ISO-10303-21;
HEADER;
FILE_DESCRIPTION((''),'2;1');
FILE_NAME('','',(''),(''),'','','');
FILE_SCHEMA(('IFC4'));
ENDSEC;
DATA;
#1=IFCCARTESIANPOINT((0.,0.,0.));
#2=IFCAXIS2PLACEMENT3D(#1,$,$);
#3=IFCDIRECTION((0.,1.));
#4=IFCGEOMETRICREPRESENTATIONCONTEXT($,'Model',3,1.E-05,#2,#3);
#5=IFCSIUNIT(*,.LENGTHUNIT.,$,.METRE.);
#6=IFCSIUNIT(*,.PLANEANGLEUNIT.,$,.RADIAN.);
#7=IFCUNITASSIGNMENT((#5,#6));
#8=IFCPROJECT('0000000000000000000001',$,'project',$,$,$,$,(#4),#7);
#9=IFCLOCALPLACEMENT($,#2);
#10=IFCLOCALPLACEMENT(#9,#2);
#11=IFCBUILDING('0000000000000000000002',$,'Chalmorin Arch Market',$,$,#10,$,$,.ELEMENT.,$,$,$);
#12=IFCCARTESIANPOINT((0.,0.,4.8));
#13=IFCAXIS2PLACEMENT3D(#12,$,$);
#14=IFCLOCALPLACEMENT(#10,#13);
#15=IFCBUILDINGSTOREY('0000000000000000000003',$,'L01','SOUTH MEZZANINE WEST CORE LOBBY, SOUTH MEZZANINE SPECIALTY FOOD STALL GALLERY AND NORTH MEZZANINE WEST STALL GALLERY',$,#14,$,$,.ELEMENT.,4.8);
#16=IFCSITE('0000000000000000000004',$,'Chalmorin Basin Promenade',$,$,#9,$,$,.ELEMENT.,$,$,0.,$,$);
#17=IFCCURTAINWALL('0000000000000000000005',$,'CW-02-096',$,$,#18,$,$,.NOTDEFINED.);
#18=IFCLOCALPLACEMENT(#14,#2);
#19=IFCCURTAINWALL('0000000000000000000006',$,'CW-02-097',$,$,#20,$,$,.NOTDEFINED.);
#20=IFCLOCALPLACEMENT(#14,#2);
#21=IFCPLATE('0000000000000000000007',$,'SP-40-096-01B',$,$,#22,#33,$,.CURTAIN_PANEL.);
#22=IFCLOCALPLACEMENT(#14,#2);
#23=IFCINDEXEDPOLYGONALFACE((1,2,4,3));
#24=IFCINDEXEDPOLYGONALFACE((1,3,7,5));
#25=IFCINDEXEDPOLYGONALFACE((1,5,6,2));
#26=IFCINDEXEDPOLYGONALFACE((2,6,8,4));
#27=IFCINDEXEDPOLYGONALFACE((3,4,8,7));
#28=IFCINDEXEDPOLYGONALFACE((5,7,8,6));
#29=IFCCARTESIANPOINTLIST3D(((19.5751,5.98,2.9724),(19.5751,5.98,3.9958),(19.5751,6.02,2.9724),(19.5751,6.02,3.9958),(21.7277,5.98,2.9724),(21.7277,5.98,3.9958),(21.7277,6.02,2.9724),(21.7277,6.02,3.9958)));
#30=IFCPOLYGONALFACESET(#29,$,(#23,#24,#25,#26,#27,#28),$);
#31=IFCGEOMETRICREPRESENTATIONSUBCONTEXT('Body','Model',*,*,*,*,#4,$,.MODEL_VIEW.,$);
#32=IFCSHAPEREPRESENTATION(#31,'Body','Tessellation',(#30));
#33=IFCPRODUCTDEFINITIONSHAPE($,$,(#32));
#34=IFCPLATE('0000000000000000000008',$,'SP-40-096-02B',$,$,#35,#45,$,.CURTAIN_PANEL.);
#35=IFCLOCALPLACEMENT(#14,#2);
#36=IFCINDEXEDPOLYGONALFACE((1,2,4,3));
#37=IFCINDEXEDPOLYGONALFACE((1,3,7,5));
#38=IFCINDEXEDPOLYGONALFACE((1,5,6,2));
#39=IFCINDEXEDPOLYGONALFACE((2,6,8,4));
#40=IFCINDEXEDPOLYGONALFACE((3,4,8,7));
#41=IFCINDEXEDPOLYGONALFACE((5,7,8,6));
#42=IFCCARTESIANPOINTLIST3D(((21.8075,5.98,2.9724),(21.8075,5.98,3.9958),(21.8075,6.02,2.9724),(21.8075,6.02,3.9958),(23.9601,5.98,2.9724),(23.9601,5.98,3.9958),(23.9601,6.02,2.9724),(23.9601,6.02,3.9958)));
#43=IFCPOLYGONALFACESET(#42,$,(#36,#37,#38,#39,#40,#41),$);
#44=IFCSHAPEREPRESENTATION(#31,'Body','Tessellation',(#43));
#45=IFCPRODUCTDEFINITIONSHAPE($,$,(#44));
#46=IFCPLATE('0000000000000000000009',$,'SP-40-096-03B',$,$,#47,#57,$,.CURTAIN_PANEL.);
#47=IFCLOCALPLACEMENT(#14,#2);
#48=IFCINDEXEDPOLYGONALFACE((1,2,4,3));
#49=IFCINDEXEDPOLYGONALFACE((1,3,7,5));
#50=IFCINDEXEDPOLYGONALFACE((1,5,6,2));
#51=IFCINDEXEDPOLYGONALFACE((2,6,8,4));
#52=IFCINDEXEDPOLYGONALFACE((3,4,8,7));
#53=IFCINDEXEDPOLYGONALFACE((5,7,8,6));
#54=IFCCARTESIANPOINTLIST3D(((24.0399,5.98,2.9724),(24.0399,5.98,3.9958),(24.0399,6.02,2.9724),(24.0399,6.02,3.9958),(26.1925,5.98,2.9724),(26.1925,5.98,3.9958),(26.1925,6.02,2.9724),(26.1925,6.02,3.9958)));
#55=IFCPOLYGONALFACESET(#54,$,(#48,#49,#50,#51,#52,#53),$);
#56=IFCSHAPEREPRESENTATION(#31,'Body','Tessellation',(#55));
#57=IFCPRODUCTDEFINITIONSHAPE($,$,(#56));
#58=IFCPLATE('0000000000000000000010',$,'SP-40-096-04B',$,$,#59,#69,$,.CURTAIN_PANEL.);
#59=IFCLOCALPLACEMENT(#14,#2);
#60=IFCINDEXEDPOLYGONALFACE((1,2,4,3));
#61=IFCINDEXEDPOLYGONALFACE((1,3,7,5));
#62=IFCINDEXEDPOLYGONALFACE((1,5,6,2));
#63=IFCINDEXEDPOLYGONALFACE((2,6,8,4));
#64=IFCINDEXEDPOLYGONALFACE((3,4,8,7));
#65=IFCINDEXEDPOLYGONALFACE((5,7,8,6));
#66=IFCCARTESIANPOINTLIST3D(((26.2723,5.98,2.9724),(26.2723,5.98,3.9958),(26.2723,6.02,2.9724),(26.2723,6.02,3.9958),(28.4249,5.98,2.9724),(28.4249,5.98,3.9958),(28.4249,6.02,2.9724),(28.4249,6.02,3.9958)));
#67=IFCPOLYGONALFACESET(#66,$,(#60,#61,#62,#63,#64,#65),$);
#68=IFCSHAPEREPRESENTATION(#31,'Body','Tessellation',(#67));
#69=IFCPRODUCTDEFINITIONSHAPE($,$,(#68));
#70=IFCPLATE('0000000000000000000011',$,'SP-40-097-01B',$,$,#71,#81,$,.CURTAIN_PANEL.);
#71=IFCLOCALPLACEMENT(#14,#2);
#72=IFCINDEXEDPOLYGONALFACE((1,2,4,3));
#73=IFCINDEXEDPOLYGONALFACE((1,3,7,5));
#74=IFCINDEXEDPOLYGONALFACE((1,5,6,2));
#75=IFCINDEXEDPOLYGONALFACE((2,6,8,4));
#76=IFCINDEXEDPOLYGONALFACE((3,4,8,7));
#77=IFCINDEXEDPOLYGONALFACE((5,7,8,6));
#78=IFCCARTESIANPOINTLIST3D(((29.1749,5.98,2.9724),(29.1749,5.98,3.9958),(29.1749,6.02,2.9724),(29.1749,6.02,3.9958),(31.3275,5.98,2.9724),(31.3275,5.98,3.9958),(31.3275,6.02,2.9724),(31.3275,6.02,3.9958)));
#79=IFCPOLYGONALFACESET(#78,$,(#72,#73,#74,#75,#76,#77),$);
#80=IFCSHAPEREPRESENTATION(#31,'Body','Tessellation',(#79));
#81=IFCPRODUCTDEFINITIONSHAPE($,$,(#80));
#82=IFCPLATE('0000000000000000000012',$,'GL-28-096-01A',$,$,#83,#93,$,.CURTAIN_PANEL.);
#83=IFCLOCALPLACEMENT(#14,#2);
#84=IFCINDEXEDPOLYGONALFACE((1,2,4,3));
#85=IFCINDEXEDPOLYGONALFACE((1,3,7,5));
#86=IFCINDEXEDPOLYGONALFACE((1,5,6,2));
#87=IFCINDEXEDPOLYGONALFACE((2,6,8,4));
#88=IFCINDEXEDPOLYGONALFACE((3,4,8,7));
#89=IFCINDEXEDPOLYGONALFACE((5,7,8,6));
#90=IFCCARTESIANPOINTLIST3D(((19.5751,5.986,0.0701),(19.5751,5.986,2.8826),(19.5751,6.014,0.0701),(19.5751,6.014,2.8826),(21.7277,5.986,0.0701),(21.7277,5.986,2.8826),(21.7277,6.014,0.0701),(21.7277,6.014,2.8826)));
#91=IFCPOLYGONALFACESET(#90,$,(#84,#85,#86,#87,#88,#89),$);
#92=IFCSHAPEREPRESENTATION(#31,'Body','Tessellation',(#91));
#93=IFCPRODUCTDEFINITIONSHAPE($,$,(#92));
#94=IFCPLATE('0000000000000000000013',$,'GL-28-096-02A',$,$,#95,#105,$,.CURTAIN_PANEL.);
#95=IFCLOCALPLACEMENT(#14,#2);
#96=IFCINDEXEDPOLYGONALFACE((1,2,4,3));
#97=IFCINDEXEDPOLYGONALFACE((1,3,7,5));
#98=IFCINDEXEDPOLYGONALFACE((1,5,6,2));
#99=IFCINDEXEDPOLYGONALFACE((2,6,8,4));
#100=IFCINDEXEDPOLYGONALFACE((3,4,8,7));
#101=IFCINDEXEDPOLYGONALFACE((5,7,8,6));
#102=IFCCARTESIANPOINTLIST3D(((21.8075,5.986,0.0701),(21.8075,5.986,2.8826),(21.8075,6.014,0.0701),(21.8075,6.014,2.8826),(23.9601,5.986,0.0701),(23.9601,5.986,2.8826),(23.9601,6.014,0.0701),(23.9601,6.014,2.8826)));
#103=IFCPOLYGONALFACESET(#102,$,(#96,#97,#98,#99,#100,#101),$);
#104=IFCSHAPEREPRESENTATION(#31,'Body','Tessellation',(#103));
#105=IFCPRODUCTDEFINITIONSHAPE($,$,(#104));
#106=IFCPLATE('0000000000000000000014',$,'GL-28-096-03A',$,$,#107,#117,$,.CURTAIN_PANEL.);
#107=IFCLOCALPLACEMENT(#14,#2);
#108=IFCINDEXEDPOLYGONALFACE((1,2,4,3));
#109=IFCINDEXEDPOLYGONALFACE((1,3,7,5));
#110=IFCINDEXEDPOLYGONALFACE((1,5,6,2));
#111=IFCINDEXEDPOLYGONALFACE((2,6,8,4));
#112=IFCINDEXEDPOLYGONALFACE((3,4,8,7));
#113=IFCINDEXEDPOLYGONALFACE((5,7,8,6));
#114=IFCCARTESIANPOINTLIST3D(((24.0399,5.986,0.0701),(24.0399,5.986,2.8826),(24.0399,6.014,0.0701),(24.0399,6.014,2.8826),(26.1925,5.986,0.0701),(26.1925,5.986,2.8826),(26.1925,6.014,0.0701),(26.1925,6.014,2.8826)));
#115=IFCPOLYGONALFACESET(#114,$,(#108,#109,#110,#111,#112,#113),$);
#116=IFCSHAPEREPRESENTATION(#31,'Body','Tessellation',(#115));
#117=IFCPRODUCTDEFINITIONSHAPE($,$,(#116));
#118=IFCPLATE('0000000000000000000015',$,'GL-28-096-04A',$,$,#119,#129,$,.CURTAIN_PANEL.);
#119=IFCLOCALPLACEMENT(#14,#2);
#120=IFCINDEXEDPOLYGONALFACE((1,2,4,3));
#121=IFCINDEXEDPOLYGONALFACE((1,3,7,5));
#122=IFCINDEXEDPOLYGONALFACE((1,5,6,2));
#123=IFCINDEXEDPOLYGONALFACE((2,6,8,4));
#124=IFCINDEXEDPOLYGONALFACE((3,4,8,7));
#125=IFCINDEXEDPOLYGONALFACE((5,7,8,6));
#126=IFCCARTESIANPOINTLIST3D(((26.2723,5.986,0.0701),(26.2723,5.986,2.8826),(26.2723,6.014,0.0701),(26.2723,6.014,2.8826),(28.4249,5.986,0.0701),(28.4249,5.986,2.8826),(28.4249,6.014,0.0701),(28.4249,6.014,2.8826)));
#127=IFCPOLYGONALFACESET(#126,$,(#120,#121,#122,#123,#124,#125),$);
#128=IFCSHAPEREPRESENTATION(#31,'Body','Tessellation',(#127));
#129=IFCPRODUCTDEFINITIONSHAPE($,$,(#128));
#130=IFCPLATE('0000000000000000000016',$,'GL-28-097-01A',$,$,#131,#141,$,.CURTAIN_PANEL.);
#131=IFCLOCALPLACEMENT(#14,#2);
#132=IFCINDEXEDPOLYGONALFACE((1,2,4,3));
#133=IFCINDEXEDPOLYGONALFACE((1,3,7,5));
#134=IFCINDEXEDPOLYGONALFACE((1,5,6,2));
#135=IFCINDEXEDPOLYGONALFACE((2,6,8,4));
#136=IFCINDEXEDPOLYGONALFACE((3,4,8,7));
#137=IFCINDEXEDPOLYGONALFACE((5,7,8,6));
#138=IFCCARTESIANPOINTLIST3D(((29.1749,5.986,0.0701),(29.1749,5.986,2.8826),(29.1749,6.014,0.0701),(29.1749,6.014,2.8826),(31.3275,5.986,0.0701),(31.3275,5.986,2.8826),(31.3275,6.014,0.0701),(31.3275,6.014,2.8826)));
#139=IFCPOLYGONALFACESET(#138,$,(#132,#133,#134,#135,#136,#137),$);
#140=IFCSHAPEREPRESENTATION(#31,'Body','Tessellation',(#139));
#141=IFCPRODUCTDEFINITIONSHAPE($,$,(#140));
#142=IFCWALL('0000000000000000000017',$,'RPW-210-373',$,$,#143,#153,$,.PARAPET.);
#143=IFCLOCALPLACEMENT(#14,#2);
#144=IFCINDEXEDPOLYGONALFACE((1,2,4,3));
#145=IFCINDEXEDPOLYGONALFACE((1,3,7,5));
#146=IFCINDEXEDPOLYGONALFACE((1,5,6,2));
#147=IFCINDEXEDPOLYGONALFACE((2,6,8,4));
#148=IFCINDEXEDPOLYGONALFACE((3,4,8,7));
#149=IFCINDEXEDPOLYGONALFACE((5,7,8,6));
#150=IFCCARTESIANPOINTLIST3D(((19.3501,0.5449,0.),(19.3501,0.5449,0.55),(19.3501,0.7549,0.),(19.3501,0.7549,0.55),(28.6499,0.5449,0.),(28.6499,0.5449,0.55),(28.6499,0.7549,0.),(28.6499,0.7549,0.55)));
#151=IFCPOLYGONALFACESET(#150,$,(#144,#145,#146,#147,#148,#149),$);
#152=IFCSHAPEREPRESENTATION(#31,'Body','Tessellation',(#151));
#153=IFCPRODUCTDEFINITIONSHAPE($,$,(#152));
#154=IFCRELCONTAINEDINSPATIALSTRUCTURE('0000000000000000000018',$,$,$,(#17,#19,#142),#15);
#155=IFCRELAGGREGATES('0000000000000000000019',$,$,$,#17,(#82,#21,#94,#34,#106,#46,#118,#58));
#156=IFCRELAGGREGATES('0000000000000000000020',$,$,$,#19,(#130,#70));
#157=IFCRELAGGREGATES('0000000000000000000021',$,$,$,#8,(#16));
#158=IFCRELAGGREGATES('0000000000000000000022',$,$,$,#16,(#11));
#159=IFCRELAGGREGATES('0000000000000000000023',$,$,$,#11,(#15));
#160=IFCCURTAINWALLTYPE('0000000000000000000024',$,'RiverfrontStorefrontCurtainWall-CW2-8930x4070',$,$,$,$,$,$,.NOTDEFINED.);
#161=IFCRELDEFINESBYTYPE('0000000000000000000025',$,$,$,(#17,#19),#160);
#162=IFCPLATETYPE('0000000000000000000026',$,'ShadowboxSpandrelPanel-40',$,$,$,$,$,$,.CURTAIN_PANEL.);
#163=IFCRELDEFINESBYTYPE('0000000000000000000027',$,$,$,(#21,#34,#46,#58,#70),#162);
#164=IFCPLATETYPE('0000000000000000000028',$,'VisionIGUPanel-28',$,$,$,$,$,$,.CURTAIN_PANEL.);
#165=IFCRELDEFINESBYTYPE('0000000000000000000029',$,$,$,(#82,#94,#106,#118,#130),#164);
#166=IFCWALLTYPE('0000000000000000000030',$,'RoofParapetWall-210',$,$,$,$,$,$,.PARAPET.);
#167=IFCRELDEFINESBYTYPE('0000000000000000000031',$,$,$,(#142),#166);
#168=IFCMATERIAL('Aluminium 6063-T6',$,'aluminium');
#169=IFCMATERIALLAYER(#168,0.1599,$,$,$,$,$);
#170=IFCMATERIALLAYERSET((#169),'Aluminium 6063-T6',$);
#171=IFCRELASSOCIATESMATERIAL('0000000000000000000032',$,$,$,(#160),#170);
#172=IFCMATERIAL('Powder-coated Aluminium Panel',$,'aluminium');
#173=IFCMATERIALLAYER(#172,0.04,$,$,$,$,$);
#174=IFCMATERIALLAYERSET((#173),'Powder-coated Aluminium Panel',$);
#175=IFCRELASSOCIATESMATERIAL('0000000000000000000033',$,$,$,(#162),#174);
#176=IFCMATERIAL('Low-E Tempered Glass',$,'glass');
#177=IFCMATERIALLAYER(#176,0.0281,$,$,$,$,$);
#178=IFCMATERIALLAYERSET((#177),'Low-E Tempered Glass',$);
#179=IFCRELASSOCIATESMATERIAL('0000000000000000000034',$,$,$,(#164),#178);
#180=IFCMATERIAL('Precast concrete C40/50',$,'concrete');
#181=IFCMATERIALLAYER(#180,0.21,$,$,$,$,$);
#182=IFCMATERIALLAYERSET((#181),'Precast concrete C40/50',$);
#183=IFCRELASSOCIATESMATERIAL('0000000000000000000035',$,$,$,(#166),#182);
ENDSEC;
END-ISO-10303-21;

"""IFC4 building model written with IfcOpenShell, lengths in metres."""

from ifc_helpers import new_model, si_unit, direction, frame, frame_2d, origin, origin_2d, place, context, subcontext, project, spatial, rectangle, extrude, material, layer, layer_set, type_object, element, aggregate, save


model = new_model("IFC4")

# Units and contexts
model_context = context("Model", 3, precision=1e-05, world=origin(), true_north=direction((0.0, 1.0)))
body_context = subcontext(model_context, "Body", "Model", "MODEL_VIEW")
ifc_project = project(units=[si_unit("LENGTHUNIT", "METRE"), si_unit("PLANEANGLEUNIT", "RADIAN")], contexts=[model_context])

# Site, building, storey
site_placement = place(None, origin())
site = spatial("IfcSite", under=ifc_project, at=site_placement, Name="Chalmorin Basin Promenade", CompositionType="ELEMENT", RefElevation=0.0)
building_placement = place(site_placement, origin())
building = spatial("IfcBuilding", under=site, at=building_placement, Name="Chalmorin Arch Market", CompositionType="ELEMENT")
storey_placement = place(building_placement, frame((0.0, 0.0, 4.8)))
storey = spatial("IfcBuildingStorey", under=building, at=storey_placement, Name="L01", Description="SOUTH MEZZANINE WEST CORE LOBBY, SOUTH MEZZANINE SPECIALTY FOOD STALL GALLERY AND NORTH MEZZANINE WEST STALL GALLERY", CompositionType="ELEMENT", Elevation=4.8)

# Curtain wall
ifc_material_1 = material(Name="Aluminium 6063-T6", Category="aluminium")
ifc_layer_1 = layer(ifc_material_1, 0.1599)
ifc_layer_set_1 = layer_set([ifc_layer_1], Name="Aluminium 6063-T6")
curtain_wall_type = type_object("IfcCurtainWallType", Name="RiverfrontStorefrontCurtainWall-CW2-8930x4070", PredefinedType="NOTDEFINED", material=ifc_layer_set_1)
curtain_wall_1_placement = place(storey_placement, origin())
curtain_wall_1 = element("IfcCurtainWall", 1, at=curtain_wall_1_placement, inside=storey, type_object=curtain_wall_type, Name="CW-02-096", PredefinedType="NOTDEFINED")

# Curtain wall
curtain_wall_2_placement = place(storey_placement, origin())
curtain_wall_2 = element("IfcCurtainWall", 2, at=curtain_wall_2_placement, inside=storey, type_object=curtain_wall_type, Name="CW-02-097", PredefinedType="NOTDEFINED")

# Plates
ifc_material_2 = material(Name="Powder-coated Aluminium Panel", Category="aluminium")
ifc_layer_2 = layer(ifc_material_2, 0.04)
ifc_layer_set_2 = layer_set([ifc_layer_2], Name="Powder-coated Aluminium Panel")
plate_type_1 = type_object("IfcPlateType", Name="ShadowboxSpandrelPanel-40", PredefinedType="CURTAIN_PANEL", material=ifc_layer_set_2)
plate_1_placement = place(storey_placement, frame((20.6514, 6.0, 2.9724), z_axis=(0.0, 0.0, 1.0), x_axis=(1.0, 0.0, 0.0)))
plate_1 = element("IfcPlate", 3, at=plate_1_placement, type_object=plate_type_1, Name="SP-40-096-01B", PredefinedType="CURTAIN_PANEL", context=body_context, shape_type="SweptSolid", body=[
    extrude(rectangle(XDim=2.1526, YDim=0.04, at=origin_2d()), origin(), (0.0, 0.0, 1.0), 1.0234),
])
plate_2_placement = place(storey_placement, frame((22.8838, 6.0, 2.9724), z_axis=(0.0, 0.0, 1.0), x_axis=(1.0, 0.0, 0.0)))
plate_2 = element("IfcPlate", 4, at=plate_2_placement, type_object=plate_type_1, Name="SP-40-096-02B", PredefinedType="CURTAIN_PANEL", context=body_context, shape_type="SweptSolid", body=[
    extrude(rectangle(XDim=2.1526, YDim=0.04, at=origin_2d()), origin(), (0.0, 0.0, 1.0), 1.0234),
])
plate_3_placement = place(storey_placement, frame((25.1162, 6.0, 2.9724), z_axis=(0.0, 0.0, 1.0), x_axis=(1.0, 0.0, 0.0)))
plate_3 = element("IfcPlate", 5, at=plate_3_placement, type_object=plate_type_1, Name="SP-40-096-03B", PredefinedType="CURTAIN_PANEL", context=body_context, shape_type="SweptSolid", body=[
    extrude(rectangle(XDim=2.1526, YDim=0.04, at=origin_2d()), origin(), (0.0, 0.0, 1.0), 1.0234),
])
plate_4_placement = place(storey_placement, frame((27.3486, 6.0, 2.9724), z_axis=(0.0, 0.0, 1.0), x_axis=(1.0, 0.0, 0.0)))
plate_4 = element("IfcPlate", 6, at=plate_4_placement, type_object=plate_type_1, Name="SP-40-096-04B", PredefinedType="CURTAIN_PANEL", context=body_context, shape_type="SweptSolid", body=[
    extrude(rectangle(XDim=2.1526, YDim=0.04, at=origin_2d()), origin(), (0.0, 0.0, 1.0), 1.0234),
])
plate_5_placement = place(storey_placement, frame((30.2512, 6.0, 2.9724), z_axis=(0.0, 0.0, 1.0), x_axis=(1.0, 0.0, 0.0)))
plate_5 = element("IfcPlate", 7, at=plate_5_placement, type_object=plate_type_1, Name="SP-40-097-01B", PredefinedType="CURTAIN_PANEL", context=body_context, shape_type="SweptSolid", body=[
    extrude(rectangle(XDim=2.1526, YDim=0.04, at=origin_2d()), origin(), (0.0, 0.0, 1.0), 1.0234),
])
ifc_material_3 = material(Name="Low-E Tempered Glass", Category="glass")
ifc_layer_3 = layer(ifc_material_3, 0.0281)
ifc_layer_set_3 = layer_set([ifc_layer_3], Name="Low-E Tempered Glass")
plate_type_2 = type_object("IfcPlateType", Name="VisionIGUPanel-28", PredefinedType="CURTAIN_PANEL", material=ifc_layer_set_3)
plate_6_placement = place(storey_placement, frame((20.6514, 6.0, 0.0701), z_axis=(0.0, 0.0, 1.0), x_axis=(1.0, 0.0, 0.0)))
plate_6 = element("IfcPlate", 8, at=plate_6_placement, type_object=plate_type_2, Name="GL-28-096-01A", PredefinedType="CURTAIN_PANEL", context=body_context, shape_type="SweptSolid", body=[
    extrude(rectangle(XDim=2.1526, YDim=0.0281, at=origin_2d()), origin(), (0.0, 0.0, 1.0), 2.8125),
])
plate_7_placement = place(storey_placement, frame((22.8838, 6.0, 0.0701), z_axis=(0.0, 0.0, 1.0), x_axis=(1.0, 0.0, 0.0)))
plate_7 = element("IfcPlate", 9, at=plate_7_placement, type_object=plate_type_2, Name="GL-28-096-02A", PredefinedType="CURTAIN_PANEL", context=body_context, shape_type="SweptSolid", body=[
    extrude(rectangle(XDim=2.1526, YDim=0.0281, at=origin_2d()), origin(), (0.0, 0.0, 1.0), 2.8125),
])
plate_8_placement = place(storey_placement, frame((25.1162, 6.0, 0.0701), z_axis=(0.0, 0.0, 1.0), x_axis=(1.0, 0.0, 0.0)))
plate_8 = element("IfcPlate", 10, at=plate_8_placement, type_object=plate_type_2, Name="GL-28-096-03A", PredefinedType="CURTAIN_PANEL", context=body_context, shape_type="SweptSolid", body=[
    extrude(rectangle(XDim=2.1526, YDim=0.0281, at=origin_2d()), origin(), (0.0, 0.0, 1.0), 2.8125),
])
plate_9_placement = place(storey_placement, frame((27.3486, 6.0, 0.0701), z_axis=(0.0, 0.0, 1.0), x_axis=(1.0, 0.0, 0.0)))
plate_9 = element("IfcPlate", 11, at=plate_9_placement, type_object=plate_type_2, Name="GL-28-096-04A", PredefinedType="CURTAIN_PANEL", context=body_context, shape_type="SweptSolid", body=[
    extrude(rectangle(XDim=2.1526, YDim=0.0281, at=origin_2d()), origin(), (0.0, 0.0, 1.0), 2.8125),
])
aggregate(curtain_wall_1, [plate_6, plate_1, plate_7, plate_2, plate_8, plate_3, plate_9, plate_4])
plate_10_placement = place(storey_placement, frame((30.2512, 6.0, 0.0701), z_axis=(0.0, 0.0, 1.0), x_axis=(1.0, 0.0, 0.0)))
plate_10 = element("IfcPlate", 12, at=plate_10_placement, type_object=plate_type_2, Name="GL-28-097-01A", PredefinedType="CURTAIN_PANEL", context=body_context, shape_type="SweptSolid", body=[
    extrude(rectangle(XDim=2.1526, YDim=0.0281, at=origin_2d()), origin(), (0.0, 0.0, 1.0), 2.8125),
])
aggregate(curtain_wall_2, [plate_10, plate_5])

# Wall
ifc_material_4 = material(Name="Precast concrete C40/50", Category="concrete")
ifc_layer_4 = layer(ifc_material_4, 0.21)
ifc_layer_set_4 = layer_set([ifc_layer_4], Name="Precast concrete C40/50")
wall_type = type_object("IfcWallType", Name="RoofParapetWall-210", PredefinedType="PARAPET", material=ifc_layer_set_4)
wall_placement = place(storey_placement, frame((19.3501, 0.6499, 0.0), z_axis=(0.0, 0.0, 1.0), x_axis=(1.0, 0.0, 0.0)))
element("IfcWall", 13, at=wall_placement, inside=storey, type_object=wall_type, Name="RPW-210-373", PredefinedType="PARAPET", context=body_context, shape_type="SweptSolid", body=[
    extrude(rectangle(XDim=9.2998, YDim=0.21, at=frame_2d((4.6499, 0.0))), origin(), (0.0, 0.0, 1.0), 0.55),
])

save(model, "model.ifc")
